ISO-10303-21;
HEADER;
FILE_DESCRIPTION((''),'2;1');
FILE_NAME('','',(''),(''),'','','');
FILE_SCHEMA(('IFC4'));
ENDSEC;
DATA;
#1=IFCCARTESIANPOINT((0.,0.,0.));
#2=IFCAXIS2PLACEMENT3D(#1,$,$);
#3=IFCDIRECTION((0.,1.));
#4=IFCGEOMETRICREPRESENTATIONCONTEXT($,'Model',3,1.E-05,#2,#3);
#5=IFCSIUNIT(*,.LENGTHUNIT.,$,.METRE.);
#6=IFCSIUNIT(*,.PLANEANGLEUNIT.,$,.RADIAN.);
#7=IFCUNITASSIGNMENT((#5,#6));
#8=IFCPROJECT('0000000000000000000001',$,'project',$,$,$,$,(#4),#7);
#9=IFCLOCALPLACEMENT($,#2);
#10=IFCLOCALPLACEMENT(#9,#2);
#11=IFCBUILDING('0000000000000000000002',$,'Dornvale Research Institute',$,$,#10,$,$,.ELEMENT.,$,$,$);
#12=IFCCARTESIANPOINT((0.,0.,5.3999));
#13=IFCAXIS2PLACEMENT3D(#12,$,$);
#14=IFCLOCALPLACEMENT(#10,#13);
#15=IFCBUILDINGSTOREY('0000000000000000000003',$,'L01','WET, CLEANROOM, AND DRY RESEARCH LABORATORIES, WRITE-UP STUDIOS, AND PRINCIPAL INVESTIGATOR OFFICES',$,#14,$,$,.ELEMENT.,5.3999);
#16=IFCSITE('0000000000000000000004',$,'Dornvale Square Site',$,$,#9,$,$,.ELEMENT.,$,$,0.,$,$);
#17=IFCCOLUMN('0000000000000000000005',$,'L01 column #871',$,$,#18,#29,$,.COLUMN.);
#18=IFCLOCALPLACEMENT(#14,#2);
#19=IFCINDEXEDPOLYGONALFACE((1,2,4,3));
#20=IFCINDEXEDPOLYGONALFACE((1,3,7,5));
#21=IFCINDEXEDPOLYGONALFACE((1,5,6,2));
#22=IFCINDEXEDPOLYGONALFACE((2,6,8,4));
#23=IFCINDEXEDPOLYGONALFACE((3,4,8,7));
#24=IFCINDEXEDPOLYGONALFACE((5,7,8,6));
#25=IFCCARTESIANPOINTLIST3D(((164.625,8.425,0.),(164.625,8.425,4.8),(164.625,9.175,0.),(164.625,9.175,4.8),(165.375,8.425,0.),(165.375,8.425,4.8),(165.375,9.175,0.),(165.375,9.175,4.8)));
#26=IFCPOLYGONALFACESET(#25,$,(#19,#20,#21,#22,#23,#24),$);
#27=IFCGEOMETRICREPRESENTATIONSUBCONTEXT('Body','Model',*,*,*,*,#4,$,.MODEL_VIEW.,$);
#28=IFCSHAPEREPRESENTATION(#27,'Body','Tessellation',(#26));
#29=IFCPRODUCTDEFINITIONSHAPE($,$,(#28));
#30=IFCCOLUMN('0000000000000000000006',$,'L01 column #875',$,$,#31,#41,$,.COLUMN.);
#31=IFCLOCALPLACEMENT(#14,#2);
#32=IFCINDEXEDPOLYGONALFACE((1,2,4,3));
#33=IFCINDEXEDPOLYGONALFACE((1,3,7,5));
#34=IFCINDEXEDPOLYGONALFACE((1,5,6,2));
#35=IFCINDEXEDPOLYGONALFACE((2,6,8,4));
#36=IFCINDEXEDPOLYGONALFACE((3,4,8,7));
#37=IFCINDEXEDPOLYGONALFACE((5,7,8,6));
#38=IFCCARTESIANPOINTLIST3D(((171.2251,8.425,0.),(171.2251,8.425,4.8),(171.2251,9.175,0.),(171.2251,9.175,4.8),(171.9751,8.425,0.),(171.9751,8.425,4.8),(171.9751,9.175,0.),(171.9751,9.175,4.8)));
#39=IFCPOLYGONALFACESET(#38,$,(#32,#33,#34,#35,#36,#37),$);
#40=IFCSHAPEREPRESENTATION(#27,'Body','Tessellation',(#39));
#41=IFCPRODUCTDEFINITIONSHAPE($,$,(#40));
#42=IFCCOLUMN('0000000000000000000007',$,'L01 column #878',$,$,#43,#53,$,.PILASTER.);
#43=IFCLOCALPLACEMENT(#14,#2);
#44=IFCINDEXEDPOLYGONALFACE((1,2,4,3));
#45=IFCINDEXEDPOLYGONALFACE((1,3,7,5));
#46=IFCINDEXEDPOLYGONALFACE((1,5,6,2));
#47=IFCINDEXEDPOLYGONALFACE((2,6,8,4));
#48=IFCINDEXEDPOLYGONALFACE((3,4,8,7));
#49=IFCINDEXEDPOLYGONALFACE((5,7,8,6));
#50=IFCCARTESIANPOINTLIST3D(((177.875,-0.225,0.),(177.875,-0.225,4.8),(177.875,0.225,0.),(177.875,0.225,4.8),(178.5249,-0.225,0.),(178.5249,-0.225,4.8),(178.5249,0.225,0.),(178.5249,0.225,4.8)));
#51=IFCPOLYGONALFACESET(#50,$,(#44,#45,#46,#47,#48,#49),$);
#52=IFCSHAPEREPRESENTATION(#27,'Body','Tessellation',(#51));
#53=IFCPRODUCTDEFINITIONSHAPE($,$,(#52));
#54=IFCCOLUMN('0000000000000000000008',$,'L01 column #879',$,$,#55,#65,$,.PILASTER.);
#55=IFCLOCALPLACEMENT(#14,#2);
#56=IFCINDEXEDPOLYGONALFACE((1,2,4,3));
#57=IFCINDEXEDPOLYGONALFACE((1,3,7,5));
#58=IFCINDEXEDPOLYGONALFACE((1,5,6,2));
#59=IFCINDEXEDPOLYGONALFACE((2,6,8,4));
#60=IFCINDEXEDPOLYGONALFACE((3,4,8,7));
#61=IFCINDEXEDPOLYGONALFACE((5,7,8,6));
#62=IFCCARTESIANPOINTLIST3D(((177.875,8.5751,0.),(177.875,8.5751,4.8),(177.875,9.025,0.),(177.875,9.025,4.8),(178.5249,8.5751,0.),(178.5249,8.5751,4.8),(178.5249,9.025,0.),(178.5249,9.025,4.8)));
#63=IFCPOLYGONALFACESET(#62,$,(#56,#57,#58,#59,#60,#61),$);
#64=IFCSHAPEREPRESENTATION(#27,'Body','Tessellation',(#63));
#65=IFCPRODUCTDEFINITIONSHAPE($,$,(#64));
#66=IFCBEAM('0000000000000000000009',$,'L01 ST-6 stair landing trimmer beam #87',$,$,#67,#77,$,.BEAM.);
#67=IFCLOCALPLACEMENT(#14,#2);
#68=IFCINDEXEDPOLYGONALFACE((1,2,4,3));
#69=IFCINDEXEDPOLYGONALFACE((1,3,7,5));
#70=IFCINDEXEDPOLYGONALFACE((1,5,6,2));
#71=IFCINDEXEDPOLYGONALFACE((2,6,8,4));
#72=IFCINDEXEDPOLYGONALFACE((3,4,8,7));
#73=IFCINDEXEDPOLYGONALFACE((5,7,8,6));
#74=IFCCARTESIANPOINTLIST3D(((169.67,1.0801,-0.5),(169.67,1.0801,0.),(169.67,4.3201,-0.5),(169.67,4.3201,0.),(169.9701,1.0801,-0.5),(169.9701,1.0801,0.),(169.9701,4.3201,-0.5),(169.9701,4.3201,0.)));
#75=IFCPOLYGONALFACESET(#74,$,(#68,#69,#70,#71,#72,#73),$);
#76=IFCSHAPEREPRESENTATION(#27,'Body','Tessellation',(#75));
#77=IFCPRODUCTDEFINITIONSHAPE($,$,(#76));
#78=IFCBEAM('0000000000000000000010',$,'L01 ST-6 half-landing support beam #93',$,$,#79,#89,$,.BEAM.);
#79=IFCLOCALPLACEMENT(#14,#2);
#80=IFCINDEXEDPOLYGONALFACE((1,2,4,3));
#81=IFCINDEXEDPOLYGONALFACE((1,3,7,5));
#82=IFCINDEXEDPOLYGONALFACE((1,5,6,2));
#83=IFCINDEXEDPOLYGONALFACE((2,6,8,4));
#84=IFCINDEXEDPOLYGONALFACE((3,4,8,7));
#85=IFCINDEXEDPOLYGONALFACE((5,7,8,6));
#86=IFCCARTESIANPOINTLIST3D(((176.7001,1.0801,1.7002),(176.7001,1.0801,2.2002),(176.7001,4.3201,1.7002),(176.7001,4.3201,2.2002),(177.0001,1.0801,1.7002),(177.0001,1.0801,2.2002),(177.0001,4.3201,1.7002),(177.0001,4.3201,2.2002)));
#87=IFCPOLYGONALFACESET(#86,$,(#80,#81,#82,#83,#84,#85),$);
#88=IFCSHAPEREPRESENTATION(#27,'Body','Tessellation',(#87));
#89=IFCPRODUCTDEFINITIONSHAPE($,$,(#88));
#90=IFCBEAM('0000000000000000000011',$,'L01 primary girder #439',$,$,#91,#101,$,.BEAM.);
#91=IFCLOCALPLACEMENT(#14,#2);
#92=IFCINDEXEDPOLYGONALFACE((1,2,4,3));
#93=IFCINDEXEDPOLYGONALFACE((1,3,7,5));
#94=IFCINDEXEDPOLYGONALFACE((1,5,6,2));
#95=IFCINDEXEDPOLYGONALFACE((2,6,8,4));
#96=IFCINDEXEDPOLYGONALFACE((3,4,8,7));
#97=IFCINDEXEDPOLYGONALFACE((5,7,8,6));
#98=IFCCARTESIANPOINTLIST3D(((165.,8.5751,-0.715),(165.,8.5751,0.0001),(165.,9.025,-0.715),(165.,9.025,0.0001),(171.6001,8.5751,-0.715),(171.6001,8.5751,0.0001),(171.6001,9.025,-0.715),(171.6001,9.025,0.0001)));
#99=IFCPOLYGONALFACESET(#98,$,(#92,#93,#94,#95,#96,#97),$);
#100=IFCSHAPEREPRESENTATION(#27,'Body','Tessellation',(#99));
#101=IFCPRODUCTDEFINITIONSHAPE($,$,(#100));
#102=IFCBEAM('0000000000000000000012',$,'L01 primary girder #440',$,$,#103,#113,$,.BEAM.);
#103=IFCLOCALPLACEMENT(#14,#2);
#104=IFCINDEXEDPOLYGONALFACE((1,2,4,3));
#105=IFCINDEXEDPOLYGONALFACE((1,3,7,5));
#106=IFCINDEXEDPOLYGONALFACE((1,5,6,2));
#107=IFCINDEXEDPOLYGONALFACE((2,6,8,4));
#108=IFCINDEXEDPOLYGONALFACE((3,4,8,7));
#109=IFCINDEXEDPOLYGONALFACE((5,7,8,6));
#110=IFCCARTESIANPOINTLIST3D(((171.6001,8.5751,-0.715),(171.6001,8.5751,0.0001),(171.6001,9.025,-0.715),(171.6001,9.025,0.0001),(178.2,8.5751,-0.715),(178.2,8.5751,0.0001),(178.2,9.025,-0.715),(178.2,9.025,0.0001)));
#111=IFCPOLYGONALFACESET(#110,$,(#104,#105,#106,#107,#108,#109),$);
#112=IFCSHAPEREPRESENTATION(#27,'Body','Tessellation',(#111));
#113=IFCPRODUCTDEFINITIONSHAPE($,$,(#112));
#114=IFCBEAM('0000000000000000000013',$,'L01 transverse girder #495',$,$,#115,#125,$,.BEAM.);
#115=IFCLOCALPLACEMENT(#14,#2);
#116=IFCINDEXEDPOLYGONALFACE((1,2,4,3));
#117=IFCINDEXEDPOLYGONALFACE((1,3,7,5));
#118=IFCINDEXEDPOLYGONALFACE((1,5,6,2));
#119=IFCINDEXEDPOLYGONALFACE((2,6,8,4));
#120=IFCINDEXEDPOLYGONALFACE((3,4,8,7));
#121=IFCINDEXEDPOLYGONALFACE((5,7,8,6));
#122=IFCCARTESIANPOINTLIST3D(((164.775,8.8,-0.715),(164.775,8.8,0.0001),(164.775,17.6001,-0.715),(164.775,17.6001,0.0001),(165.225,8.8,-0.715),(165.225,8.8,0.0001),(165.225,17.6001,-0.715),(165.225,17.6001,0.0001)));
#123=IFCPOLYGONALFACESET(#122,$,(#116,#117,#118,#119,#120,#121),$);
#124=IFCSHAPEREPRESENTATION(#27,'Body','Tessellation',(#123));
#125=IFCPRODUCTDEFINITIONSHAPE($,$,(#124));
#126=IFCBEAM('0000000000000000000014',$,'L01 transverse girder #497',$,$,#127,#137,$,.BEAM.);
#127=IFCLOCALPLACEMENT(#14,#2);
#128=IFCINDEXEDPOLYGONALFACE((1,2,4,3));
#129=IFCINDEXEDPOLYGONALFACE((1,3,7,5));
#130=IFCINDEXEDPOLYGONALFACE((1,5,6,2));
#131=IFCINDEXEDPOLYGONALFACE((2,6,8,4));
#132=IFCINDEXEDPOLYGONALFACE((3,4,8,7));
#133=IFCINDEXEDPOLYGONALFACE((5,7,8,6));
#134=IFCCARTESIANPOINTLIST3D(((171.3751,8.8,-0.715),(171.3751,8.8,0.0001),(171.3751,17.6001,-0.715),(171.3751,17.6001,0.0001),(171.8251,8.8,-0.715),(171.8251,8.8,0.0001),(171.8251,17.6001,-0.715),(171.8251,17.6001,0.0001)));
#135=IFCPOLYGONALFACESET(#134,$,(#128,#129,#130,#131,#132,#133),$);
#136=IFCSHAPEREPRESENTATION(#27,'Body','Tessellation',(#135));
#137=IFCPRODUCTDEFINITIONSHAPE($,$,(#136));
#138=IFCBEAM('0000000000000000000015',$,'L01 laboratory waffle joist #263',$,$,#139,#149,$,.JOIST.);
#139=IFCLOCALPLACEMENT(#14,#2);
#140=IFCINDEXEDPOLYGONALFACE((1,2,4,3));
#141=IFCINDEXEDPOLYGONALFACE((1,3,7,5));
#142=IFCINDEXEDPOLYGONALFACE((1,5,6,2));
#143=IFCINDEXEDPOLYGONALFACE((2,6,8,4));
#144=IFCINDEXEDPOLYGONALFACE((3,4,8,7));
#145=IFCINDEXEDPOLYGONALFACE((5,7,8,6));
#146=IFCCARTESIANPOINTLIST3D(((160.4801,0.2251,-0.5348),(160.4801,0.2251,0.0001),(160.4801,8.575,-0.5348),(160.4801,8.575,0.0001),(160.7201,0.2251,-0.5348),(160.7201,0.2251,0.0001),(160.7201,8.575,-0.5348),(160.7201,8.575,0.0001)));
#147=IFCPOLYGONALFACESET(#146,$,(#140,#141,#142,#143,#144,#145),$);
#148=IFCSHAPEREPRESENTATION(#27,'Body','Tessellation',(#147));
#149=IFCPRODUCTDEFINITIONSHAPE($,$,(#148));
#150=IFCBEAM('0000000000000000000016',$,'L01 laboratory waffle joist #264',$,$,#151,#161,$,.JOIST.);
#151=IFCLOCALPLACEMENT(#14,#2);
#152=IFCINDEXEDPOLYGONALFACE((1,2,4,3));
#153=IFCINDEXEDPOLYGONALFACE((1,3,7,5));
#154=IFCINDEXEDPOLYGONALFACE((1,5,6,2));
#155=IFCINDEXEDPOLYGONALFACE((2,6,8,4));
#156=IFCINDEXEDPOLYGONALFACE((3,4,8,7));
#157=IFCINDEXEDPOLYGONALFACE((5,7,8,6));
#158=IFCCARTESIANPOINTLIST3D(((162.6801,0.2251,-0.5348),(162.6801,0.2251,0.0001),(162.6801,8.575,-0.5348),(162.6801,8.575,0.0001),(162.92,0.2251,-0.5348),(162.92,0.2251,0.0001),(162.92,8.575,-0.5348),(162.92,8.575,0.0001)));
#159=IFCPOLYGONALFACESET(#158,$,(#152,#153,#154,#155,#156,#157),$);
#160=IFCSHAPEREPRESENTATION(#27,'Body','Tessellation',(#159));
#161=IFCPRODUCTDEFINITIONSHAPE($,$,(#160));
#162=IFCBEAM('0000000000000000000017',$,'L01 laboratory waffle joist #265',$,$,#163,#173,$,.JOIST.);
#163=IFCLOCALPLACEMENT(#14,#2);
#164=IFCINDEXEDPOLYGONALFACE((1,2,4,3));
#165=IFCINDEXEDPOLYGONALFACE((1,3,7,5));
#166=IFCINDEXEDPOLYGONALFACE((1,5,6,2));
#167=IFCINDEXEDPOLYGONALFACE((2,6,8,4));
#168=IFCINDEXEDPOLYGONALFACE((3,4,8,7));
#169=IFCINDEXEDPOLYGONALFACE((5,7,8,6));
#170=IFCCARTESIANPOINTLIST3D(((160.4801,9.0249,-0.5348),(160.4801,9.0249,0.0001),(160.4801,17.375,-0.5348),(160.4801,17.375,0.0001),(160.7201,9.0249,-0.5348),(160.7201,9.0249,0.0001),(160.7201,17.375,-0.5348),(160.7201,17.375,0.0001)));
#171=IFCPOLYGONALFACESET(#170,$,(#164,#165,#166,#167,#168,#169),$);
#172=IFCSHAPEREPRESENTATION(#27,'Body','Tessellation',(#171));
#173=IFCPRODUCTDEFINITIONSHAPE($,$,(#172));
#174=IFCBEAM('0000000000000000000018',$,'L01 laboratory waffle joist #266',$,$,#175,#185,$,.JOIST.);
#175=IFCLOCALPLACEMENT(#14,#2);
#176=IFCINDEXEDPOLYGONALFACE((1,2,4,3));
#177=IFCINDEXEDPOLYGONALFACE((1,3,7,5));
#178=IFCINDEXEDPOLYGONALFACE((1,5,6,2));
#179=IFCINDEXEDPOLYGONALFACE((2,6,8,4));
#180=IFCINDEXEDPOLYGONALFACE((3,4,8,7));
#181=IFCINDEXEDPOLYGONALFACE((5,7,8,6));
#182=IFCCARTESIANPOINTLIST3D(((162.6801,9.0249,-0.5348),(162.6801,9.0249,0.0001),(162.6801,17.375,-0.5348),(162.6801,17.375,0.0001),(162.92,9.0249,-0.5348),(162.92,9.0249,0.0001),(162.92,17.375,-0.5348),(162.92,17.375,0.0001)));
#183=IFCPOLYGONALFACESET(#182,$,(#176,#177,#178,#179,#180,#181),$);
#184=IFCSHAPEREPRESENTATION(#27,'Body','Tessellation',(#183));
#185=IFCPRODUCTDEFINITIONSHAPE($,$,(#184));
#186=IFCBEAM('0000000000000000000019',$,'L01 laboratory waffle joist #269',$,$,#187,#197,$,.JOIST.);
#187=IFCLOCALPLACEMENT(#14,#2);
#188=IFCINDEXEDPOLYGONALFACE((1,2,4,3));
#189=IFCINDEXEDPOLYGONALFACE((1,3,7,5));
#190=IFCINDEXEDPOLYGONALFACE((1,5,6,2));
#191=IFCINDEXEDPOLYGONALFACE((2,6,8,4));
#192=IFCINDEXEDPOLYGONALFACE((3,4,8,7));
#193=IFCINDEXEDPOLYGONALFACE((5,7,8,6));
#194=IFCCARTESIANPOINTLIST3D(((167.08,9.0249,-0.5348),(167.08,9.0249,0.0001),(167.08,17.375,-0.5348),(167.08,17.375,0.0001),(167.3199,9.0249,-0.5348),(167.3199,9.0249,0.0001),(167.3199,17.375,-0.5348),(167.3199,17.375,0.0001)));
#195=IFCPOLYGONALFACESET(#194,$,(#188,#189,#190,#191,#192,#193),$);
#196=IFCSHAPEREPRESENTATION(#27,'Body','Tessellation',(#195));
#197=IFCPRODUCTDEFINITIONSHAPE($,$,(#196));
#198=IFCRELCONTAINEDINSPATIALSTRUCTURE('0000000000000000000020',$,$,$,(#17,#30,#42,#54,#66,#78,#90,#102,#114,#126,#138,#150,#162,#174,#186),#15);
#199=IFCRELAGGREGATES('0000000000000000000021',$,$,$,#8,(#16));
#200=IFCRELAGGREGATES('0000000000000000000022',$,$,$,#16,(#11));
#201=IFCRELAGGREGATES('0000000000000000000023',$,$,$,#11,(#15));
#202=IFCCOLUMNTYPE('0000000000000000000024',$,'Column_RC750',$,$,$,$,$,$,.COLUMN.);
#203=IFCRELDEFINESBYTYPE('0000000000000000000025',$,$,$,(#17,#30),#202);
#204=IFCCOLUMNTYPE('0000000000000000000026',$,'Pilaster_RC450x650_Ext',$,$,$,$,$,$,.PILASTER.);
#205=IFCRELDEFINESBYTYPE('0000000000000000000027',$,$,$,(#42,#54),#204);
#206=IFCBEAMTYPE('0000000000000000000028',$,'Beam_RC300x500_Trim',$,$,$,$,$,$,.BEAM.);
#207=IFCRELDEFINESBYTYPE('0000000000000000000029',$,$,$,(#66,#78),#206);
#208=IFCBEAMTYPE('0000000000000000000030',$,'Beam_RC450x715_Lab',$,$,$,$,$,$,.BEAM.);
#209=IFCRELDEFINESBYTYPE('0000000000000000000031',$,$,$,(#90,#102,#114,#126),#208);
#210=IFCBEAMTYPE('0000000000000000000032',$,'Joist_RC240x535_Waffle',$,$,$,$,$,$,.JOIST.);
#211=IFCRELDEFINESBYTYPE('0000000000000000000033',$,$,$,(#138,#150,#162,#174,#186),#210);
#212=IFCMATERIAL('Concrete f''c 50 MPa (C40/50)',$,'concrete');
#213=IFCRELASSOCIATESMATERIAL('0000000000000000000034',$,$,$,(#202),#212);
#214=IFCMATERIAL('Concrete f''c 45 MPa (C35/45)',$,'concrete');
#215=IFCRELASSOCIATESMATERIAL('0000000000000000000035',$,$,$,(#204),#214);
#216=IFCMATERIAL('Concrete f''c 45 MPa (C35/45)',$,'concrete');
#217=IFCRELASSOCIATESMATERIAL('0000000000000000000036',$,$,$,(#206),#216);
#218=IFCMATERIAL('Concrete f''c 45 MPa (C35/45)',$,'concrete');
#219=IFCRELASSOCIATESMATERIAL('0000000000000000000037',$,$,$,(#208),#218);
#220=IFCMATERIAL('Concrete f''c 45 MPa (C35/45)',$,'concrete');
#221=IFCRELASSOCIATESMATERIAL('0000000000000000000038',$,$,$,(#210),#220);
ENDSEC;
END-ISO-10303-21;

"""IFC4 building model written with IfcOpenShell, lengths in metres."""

from ifc_helpers import new_model, si_unit, direction, frame, origin, origin_2d, place, context, subcontext, project, spatial, rectangle, extrude, material, material_profile, profile_set, type_object, element, save


model = new_model("IFC4")

# Units and contexts
model_context = context("Model", 3, precision=1e-05, world=origin(), true_north=direction((0.0, 1.0)))
body_context = subcontext(model_context, "Body", "Model", "MODEL_VIEW")
ifc_project = project(units=[si_unit("LENGTHUNIT", "METRE"), si_unit("PLANEANGLEUNIT", "RADIAN")], contexts=[model_context])

# Site, building, storey
site_placement = place(None, origin())
site = spatial("IfcSite", under=ifc_project, at=site_placement, Name="Dornvale Square Site", CompositionType="ELEMENT", RefElevation=0.0)
building_placement = place(site_placement, origin())
building = spatial("IfcBuilding", under=site, at=building_placement, Name="Dornvale Research Institute", CompositionType="ELEMENT")
storey_placement = place(building_placement, frame((0.0, 0.0, 5.3999)))
storey = spatial("IfcBuildingStorey", under=building, at=storey_placement, Name="L01", Description="WET, CLEANROOM, AND DRY RESEARCH LABORATORIES, WRITE-UP STUDIOS, AND PRINCIPAL INVESTIGATOR OFFICES", CompositionType="ELEMENT", Elevation=5.3999)

# Columns
ifc_material_1 = material(Name="Concrete f'c 50 MPa (C40/50)", Category="concrete")
ifc_material_profile_1 = material_profile(ifc_material_1, rectangle(XDim=0.75, YDim=0.75, at=origin_2d()), Name="RC 750x750")
ifc_profile_set_1 = profile_set([ifc_material_profile_1], Name="Concrete f'c 50 MPa (C40/50)")
column_type_1 = type_object("IfcColumnType", Name="Column_RC750", PredefinedType="COLUMN", material=ifc_profile_set_1)
for number, where, z_axis, x_axis, name in (
    (1, (165.0, 8.8, 0.0), (0.0, 0.0, 1.0), (1.0, 0.0, 0.0), "L01 column #871"),
    (2, (171.6001, 8.8, 0.0), (0.0, 0.0, 1.0), (1.0, 0.0, 0.0), "L01 column #875"),
):
    element("IfcColumn", number, at=place(storey_placement, frame(where, z_axis=z_axis, x_axis=x_axis)), inside=storey, type_object=column_type_1, Name=name, PredefinedType="COLUMN", context=body_context, shape_type="SweptSolid", body=[
        extrude(rectangle(XDim=0.75, YDim=0.75, at=origin_2d()), origin(), (0.0, 0.0, 1.0), 4.8),
    ])
ifc_material_2 = material(Name="Concrete f'c 45 MPa (C35/45)", Category="concrete")
ifc_material_profile_2 = material_profile(ifc_material_2, rectangle(XDim=0.45, YDim=0.6499, at=origin_2d()), Name="RC 450x650")
ifc_profile_set_2 = profile_set([ifc_material_profile_2], Name="Concrete f'c 45 MPa (C35/45)")
column_type_2 = type_object("IfcColumnType", Name="Pilaster_RC450x650_Ext", PredefinedType="PILASTER", material=ifc_profile_set_2)
for number, where, z_axis, x_axis, name in (
    (3, (178.2, 0.0, 0.0), (0.0, 0.0, 1.0), (0.0, 1.0, 0.0), "L01 column #878"),
    (4, (178.2, 8.8, 0.0), (0.0, 0.0, 1.0), (0.0, 1.0, 0.0), "L01 column #879"),
):
    element("IfcColumn", number, at=place(storey_placement, frame(where, z_axis=z_axis, x_axis=x_axis)), inside=storey, type_object=column_type_2, Name=name, PredefinedType="PILASTER", context=body_context, shape_type="SweptSolid", body=[
        extrude(rectangle(XDim=0.45, YDim=0.6499, at=origin_2d()), origin(), (0.0, 0.0, 1.0), 4.8),
    ])

# Beams
ifc_material_3 = material(Name="Concrete f'c 45 MPa (C35/45)", Category="concrete")
ifc_material_profile_3 = material_profile(ifc_material_3, rectangle(XDim=0.3, YDim=0.5, at=origin_2d()), Name="RC 300x500")
ifc_profile_set_3 = profile_set([ifc_material_profile_3], Name="Concrete f'c 45 MPa (C35/45)")
beam_type_1 = type_object("IfcBeamType", Name="Beam_RC300x500_Trim", PredefinedType="BEAM", material=ifc_profile_set_3)
for number, where, z_axis, x_axis, name in (
    (5, (169.8201, 1.0801, -0.25), (0.0, 1.0, 0.0), (-1.0, 0.0, 0.0), "L01 ST-6 stair landing trimmer beam #87"),
    (6, (176.8501, 1.0801, 1.9502), (0.0, 1.0, 0.0), (-1.0, 0.0, 0.0), "L01 ST-6 half-landing support beam #93"),
):
    element("IfcBeam", number, at=place(storey_placement, frame(where, z_axis=z_axis, x_axis=x_axis)), inside=storey, type_object=beam_type_1, Name=name, PredefinedType="BEAM", context=body_context, shape_type="SweptSolid", body=[
        extrude(rectangle(XDim=0.3, YDim=0.5, at=origin_2d()), origin(), (0.0, 0.0, 1.0), 3.24),
    ])
ifc_material_4 = material(Name="Concrete f'c 45 MPa (C35/45)", Category="concrete")
ifc_material_profile_4 = material_profile(ifc_material_4, rectangle(XDim=0.45, YDim=0.7151, at=origin_2d()), Name="RC 450x715")
ifc_profile_set_4 = profile_set([ifc_material_profile_4], Name="Concrete f'c 45 MPa (C35/45)")
beam_type_2 = type_object("IfcBeamType", Name="Beam_RC450x715_Lab", PredefinedType="BEAM", material=ifc_profile_set_4)
beam_1_placement = place(storey_placement, frame((165.0, 8.8, -0.3574), z_axis=(1.0, 0.0, 0.0), x_axis=(0.0, 1.0, 0.0)))
element("IfcBeam", 7, at=beam_1_placement, inside=storey, type_object=beam_type_2, Name="L01 primary girder #439", PredefinedType="BEAM", context=body_context, shape_type="SweptSolid", body=[
    extrude(rectangle(XDim=0.45, YDim=0.7151, at=origin_2d()), origin(), (0.0, 0.0, 1.0), 6.6001),
])
beam_2_placement = place(storey_placement, frame((171.6001, 8.8, -0.3574), z_axis=(1.0, 0.0, 0.0), x_axis=(0.0, 1.0, 0.0)))
element("IfcBeam", 8, at=beam_2_placement, inside=storey, type_object=beam_type_2, Name="L01 primary girder #440", PredefinedType="BEAM", context=body_context, shape_type="SweptSolid", body=[
    extrude(rectangle(XDim=0.45, YDim=0.7151, at=origin_2d()), origin(), (0.0, 0.0, 1.0), 6.5999),
])
for number, where, z_axis, x_axis, name in (
    (9, (165.0, 8.8, -0.3574), (0.0, 1.0, 0.0), (-1.0, 0.0, 0.0), "L01 transverse girder #495"),
    (10, (171.6001, 8.8, -0.3574), (0.0, 1.0, 0.0), (-1.0, 0.0, 0.0), "L01 transverse girder #497"),
):
    element("IfcBeam", number, at=place(storey_placement, frame(where, z_axis=z_axis, x_axis=x_axis)), inside=storey, type_object=beam_type_2, Name=name, PredefinedType="BEAM", context=body_context, shape_type="SweptSolid", body=[
        extrude(rectangle(XDim=0.45, YDim=0.7151, at=origin_2d()), origin(), (0.0, 0.0, 1.0), 8.8),
    ])
ifc_material_5 = material(Name="Concrete f'c 45 MPa (C35/45)", Category="concrete")
ifc_material_profile_5 = material_profile(ifc_material_5, rectangle(XDim=0.24, YDim=0.5349, at=origin_2d()), Name="RC 240x535")
ifc_profile_set_5 = profile_set([ifc_material_profile_5], Name="Concrete f'c 45 MPa (C35/45)")
beam_type_3 = type_object("IfcBeamType", Name="Joist_RC240x535_Waffle", PredefinedType="JOIST", material=ifc_profile_set_5)
for number, where, z_axis, x_axis, name in (
    (11, (160.6001, 0.2251, -0.2673), (0.0, 1.0, 0.0), (-1.0, 0.0, 0.0), "L01 laboratory waffle joist #263"),
    (12, (162.8, 0.2251, -0.2673), (0.0, 1.0, 0.0), (-1.0, 0.0, 0.0), "L01 laboratory waffle joist #264"),
):
    element("IfcBeam", number, at=place(storey_placement, frame(where, z_axis=z_axis, x_axis=x_axis)), inside=storey, type_object=beam_type_3, Name=name, PredefinedType="JOIST", context=body_context, shape_type="SweptSolid", body=[
        extrude(rectangle(XDim=0.24, YDim=0.5349, at=origin_2d()), origin(), (0.0, 0.0, 1.0), 8.3499),
    ])
for number, where, z_axis, x_axis, name in (
    (13, (160.6001, 9.0249, -0.2673), (0.0, 1.0, 0.0), (-1.0, 0.0, 0.0), "L01 laboratory waffle joist #265"),
    (14, (162.8, 9.0249, -0.2673), (0.0, 1.0, 0.0), (-1.0, 0.0, 0.0), "L01 laboratory waffle joist #266"),
    (15, (167.2, 9.0249, -0.2673), (0.0, 1.0, 0.0), (-1.0, 0.0, 0.0), "L01 laboratory waffle joist #269"),
):
    element("IfcBeam", number, at=place(storey_placement, frame(where, z_axis=z_axis, x_axis=x_axis)), inside=storey, type_object=beam_type_3, Name=name, PredefinedType="JOIST", context=body_context, shape_type="SweptSolid", body=[
        extrude(rectangle(XDim=0.24, YDim=0.5349, at=origin_2d()), origin(), (0.0, 0.0, 1.0), 8.3501),
    ])

save(model, "model.ifc")
